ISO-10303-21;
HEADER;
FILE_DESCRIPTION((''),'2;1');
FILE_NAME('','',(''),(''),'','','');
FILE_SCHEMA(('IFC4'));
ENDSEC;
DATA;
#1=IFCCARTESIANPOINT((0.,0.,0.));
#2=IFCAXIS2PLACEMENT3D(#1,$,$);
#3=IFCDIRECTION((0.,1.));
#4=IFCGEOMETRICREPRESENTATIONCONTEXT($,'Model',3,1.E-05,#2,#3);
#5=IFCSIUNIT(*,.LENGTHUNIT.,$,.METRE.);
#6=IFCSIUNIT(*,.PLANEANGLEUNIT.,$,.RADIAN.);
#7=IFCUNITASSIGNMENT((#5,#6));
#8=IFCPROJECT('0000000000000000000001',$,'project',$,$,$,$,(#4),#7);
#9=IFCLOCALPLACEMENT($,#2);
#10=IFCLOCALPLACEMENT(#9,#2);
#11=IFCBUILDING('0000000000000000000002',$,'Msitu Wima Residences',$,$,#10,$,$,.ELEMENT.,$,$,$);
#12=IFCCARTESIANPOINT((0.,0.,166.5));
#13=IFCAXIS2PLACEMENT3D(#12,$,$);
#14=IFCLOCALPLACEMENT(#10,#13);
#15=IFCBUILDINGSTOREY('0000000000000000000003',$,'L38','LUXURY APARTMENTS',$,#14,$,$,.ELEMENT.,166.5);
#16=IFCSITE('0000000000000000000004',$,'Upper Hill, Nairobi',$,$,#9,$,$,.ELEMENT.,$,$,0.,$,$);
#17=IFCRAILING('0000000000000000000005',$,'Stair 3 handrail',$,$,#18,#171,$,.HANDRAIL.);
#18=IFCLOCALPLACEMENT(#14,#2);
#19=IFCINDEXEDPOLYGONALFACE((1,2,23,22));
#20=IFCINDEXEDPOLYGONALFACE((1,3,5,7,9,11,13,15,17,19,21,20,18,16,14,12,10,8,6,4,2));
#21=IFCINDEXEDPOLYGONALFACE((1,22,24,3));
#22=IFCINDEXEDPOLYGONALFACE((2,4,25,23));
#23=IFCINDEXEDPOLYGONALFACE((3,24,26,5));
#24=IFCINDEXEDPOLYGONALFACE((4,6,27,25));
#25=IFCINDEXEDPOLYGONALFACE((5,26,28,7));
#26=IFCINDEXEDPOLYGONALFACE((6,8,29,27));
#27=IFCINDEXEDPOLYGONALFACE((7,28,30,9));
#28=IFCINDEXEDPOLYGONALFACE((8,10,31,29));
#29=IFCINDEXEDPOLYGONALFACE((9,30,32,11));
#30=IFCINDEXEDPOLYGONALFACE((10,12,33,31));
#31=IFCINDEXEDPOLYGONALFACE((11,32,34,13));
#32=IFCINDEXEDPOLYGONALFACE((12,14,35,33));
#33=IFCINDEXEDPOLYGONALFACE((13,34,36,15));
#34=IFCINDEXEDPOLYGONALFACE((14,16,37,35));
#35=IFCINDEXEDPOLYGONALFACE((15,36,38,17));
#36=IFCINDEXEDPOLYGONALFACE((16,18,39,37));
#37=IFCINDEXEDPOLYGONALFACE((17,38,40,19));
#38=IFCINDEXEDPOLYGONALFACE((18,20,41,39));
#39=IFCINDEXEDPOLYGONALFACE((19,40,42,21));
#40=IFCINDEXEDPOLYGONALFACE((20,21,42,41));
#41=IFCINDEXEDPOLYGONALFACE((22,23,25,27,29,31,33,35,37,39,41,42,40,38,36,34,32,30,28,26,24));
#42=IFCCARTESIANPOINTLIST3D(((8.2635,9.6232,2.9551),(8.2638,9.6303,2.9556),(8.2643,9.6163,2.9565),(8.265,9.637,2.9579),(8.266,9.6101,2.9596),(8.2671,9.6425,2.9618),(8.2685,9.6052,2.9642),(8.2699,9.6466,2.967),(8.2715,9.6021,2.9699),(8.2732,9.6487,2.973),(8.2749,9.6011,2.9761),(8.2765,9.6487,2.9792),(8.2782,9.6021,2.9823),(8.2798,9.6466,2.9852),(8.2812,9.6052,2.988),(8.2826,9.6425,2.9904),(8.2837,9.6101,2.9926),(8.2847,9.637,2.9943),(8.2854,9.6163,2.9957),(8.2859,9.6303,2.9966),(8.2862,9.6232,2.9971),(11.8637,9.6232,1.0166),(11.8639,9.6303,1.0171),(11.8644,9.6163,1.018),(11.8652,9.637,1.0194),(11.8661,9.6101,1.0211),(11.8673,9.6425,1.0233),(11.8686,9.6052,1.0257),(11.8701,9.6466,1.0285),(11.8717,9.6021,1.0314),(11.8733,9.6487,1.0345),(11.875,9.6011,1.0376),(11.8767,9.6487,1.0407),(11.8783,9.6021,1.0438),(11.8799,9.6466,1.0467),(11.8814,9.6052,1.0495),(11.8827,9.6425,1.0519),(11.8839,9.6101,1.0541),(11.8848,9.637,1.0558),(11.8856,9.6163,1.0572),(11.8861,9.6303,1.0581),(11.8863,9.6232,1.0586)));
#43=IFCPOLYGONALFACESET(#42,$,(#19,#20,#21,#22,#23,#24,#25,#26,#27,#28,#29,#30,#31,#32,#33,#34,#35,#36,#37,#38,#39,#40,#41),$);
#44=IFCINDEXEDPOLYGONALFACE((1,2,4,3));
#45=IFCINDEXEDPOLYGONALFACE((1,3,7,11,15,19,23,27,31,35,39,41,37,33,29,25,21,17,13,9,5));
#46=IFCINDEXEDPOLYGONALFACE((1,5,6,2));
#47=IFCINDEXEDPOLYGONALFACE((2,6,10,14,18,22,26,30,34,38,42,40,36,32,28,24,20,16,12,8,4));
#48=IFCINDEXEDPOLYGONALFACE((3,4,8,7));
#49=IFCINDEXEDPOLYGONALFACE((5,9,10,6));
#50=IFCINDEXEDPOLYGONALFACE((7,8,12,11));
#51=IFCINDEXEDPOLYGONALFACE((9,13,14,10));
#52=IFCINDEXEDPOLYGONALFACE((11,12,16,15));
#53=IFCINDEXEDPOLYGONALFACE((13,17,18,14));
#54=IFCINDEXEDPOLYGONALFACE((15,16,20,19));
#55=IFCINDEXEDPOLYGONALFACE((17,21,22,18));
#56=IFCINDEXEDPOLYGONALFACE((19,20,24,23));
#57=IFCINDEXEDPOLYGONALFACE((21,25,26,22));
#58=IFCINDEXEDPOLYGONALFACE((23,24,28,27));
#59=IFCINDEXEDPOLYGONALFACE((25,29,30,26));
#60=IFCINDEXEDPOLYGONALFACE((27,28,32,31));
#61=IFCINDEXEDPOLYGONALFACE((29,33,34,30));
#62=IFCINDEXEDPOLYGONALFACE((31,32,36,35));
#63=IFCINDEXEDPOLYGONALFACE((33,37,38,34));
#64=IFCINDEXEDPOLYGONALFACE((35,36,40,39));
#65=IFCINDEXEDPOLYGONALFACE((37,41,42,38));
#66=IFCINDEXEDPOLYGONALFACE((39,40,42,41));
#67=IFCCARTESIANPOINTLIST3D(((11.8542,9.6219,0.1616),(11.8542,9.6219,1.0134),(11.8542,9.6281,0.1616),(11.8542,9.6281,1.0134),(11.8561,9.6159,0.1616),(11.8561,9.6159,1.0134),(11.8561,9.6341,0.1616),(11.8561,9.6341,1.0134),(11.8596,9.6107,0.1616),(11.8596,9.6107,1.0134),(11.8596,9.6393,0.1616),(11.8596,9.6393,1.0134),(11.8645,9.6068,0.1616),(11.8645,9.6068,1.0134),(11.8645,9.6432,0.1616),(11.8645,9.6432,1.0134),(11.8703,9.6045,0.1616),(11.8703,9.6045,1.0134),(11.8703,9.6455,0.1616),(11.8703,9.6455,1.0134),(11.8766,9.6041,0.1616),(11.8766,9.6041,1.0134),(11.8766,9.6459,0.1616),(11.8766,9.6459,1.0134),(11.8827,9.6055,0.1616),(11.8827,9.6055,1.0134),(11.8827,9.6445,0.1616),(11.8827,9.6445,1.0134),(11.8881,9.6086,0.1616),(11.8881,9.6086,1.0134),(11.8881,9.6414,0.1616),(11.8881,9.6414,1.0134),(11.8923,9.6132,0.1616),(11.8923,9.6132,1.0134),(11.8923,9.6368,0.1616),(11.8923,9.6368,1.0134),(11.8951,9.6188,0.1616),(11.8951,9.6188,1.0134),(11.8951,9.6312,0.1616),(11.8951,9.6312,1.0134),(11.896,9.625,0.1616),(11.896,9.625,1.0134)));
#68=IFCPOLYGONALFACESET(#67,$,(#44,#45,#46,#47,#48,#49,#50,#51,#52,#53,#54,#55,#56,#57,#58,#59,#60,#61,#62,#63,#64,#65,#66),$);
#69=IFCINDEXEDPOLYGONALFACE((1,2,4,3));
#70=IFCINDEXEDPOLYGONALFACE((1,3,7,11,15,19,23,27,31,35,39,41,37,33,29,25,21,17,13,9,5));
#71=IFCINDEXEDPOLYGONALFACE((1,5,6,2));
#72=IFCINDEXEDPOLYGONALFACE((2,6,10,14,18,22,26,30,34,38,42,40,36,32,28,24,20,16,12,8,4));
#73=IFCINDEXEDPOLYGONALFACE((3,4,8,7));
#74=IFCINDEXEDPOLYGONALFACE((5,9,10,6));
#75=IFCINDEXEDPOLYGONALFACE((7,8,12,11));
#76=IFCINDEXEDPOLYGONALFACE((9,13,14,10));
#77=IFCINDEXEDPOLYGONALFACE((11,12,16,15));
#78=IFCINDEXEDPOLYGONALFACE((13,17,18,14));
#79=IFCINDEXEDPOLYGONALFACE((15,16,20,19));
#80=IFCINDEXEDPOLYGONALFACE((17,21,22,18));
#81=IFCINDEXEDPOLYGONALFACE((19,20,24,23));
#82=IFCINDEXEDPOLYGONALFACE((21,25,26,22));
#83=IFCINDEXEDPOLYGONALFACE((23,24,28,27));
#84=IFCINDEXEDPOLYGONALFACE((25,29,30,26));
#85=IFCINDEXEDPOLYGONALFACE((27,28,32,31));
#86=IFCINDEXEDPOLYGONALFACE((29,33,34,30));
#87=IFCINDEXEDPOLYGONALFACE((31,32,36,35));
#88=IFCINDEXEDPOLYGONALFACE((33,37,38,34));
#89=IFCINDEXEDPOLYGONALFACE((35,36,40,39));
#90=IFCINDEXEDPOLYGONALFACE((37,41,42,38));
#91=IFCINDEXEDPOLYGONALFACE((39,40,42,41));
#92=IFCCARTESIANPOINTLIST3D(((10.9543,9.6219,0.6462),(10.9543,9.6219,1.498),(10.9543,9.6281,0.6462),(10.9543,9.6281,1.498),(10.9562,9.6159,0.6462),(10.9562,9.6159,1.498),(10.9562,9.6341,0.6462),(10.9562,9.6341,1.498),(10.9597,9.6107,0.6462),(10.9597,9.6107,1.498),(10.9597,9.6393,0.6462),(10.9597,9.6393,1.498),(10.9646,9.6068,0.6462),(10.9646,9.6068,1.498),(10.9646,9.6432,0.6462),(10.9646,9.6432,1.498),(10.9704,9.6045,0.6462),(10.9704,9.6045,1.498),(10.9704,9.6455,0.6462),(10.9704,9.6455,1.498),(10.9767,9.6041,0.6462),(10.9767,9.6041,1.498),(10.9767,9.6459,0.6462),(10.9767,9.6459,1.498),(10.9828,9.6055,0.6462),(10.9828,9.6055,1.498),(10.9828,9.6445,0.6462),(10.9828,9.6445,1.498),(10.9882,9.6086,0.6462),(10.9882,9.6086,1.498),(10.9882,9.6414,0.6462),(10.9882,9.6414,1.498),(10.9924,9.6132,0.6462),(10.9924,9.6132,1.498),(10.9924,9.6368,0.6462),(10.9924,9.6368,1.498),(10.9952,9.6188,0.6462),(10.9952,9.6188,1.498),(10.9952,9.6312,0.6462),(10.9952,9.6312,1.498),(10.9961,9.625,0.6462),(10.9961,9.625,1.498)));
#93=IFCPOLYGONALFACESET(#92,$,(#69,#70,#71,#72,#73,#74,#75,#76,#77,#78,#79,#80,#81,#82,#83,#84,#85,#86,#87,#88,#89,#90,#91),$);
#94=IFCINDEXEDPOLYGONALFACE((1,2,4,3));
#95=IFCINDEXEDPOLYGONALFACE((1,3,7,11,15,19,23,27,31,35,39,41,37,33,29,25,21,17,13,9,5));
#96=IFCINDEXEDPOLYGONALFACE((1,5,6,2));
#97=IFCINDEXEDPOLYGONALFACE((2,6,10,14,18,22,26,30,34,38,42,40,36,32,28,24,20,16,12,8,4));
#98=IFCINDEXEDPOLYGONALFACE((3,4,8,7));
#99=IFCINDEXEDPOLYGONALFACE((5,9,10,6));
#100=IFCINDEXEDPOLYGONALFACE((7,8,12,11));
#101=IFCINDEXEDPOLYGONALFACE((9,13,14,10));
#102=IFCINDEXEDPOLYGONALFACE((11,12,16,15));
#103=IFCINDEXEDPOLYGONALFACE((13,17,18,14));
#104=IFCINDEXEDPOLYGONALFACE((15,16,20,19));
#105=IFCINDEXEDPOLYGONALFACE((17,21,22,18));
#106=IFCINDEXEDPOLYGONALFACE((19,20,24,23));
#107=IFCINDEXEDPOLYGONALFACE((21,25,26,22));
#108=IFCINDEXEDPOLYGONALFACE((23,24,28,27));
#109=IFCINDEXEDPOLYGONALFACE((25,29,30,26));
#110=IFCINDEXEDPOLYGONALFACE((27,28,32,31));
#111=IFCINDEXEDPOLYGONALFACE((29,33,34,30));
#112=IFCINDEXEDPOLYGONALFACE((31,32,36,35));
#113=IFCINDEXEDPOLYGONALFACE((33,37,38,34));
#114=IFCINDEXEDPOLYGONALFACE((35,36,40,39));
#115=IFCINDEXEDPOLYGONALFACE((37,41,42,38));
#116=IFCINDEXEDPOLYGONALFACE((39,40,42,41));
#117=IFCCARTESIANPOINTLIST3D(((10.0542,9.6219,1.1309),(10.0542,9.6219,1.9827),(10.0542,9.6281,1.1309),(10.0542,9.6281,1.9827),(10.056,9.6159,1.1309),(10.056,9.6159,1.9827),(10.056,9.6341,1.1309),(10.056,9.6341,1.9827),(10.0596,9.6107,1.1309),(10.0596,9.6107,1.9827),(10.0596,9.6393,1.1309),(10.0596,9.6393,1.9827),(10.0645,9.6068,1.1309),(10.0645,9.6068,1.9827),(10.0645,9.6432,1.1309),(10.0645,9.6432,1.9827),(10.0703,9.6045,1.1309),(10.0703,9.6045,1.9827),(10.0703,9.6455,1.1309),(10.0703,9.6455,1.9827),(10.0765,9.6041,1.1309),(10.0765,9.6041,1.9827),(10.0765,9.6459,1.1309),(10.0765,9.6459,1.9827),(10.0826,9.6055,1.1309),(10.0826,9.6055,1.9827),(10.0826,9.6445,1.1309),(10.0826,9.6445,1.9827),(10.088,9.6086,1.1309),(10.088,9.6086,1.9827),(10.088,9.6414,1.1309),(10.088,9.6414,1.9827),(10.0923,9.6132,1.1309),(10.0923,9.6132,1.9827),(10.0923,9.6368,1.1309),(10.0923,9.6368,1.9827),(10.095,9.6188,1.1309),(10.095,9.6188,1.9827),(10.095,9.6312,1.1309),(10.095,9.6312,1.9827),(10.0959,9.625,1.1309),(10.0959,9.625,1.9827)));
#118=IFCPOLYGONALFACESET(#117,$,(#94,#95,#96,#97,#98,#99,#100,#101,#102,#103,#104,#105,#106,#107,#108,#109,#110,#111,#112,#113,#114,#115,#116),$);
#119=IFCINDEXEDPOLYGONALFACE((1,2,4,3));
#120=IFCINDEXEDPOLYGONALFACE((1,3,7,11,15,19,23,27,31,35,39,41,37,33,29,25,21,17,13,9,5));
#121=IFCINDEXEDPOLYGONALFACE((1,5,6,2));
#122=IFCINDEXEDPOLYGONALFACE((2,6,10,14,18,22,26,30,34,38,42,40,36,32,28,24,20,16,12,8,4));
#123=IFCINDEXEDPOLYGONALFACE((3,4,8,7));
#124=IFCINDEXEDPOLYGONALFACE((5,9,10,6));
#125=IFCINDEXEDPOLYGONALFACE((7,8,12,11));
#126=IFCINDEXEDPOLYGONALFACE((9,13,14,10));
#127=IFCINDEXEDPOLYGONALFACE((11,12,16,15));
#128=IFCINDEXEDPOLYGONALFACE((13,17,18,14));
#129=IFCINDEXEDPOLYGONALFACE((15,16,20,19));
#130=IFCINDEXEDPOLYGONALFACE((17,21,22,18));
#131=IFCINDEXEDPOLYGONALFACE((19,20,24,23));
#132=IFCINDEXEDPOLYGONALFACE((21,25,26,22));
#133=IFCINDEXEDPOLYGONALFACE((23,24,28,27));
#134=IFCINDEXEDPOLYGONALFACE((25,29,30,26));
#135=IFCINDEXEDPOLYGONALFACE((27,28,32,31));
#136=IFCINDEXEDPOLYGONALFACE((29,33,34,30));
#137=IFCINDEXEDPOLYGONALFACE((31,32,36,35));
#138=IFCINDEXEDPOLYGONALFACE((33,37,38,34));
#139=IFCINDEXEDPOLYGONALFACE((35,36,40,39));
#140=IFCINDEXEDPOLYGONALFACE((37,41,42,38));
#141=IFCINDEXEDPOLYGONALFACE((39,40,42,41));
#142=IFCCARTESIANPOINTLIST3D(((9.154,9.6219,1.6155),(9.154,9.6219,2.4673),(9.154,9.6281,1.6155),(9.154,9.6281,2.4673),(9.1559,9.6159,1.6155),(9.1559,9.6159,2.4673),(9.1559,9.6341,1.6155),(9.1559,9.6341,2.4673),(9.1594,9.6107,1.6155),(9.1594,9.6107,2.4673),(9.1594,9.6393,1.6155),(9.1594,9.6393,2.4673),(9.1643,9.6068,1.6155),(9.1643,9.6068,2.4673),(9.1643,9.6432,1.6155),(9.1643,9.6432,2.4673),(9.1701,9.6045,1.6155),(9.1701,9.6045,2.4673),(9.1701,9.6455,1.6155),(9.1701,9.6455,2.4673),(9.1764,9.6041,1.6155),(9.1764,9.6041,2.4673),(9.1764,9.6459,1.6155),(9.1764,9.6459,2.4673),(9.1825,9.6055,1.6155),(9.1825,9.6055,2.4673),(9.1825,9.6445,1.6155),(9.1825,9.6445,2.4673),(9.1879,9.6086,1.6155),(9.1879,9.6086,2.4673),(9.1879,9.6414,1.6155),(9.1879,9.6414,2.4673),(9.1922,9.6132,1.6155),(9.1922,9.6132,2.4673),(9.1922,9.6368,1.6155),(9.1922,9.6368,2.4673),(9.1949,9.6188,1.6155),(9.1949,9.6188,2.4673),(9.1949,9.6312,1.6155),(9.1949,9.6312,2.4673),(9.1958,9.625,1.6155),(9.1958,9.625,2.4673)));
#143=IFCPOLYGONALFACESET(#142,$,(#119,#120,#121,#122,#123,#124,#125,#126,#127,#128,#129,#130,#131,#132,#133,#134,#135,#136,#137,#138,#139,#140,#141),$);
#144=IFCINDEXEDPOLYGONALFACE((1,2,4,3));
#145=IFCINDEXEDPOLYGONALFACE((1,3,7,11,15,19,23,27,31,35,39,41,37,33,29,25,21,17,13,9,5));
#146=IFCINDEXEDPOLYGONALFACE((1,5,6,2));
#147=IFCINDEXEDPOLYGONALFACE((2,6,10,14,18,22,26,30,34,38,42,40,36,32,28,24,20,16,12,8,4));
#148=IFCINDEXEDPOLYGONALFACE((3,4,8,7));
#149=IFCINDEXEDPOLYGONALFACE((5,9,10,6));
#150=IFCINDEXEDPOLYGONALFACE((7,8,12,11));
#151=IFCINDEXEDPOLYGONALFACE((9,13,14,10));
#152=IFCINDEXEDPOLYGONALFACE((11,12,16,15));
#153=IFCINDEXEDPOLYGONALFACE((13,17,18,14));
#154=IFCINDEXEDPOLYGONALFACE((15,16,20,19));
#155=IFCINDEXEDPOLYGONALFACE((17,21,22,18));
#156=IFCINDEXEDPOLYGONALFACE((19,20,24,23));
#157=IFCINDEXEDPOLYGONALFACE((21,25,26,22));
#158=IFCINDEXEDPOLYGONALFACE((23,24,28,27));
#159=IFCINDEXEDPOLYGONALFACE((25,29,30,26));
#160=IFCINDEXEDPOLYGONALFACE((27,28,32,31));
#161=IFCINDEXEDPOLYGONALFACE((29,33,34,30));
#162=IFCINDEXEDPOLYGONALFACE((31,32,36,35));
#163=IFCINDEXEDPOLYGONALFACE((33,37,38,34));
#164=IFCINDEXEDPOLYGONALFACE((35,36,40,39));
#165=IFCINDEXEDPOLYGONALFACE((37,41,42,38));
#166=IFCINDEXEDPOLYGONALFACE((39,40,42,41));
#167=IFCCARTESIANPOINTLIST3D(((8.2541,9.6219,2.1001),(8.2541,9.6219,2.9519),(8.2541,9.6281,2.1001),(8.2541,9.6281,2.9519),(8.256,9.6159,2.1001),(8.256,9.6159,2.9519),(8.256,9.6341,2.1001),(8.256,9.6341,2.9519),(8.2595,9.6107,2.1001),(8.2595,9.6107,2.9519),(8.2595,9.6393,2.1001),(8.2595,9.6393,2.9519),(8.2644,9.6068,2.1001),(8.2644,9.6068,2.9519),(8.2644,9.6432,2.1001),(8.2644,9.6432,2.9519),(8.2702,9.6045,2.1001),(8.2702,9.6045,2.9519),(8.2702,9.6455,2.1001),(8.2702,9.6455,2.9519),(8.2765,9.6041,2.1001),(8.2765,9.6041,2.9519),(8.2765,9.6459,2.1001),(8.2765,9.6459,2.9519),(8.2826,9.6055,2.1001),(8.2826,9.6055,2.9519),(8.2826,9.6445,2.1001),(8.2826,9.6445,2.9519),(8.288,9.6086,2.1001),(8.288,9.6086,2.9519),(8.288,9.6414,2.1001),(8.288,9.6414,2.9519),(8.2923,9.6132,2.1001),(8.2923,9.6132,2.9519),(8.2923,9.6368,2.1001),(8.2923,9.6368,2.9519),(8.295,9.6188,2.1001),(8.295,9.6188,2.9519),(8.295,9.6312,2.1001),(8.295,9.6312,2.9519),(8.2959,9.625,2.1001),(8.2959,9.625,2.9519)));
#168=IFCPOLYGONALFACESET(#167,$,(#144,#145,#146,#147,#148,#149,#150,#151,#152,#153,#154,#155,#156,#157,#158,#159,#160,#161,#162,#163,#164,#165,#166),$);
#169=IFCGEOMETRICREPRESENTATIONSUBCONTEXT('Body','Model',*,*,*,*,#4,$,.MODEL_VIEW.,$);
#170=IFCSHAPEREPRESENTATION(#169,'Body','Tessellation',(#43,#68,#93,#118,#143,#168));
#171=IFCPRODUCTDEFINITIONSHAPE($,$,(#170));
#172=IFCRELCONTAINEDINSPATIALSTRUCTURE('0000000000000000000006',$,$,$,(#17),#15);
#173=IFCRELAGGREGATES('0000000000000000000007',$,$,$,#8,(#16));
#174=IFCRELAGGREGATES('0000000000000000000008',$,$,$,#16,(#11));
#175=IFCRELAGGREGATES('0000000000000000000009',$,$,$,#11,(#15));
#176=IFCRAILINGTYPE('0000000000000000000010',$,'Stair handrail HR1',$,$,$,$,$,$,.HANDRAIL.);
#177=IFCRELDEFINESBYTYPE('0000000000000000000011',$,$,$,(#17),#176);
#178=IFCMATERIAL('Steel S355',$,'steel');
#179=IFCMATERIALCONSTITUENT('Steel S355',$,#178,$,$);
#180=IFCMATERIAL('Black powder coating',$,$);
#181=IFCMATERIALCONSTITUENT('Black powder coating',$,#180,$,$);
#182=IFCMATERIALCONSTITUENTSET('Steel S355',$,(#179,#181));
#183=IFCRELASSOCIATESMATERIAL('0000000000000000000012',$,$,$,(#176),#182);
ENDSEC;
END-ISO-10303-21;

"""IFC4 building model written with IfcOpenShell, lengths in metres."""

from ifc_helpers import new_model, si_unit, direction, frame, origin, origin_2d, place, context, subcontext, project, spatial, circle, extrude, material, constituent, constituent_set, type_object, element, save


model = new_model("IFC4")

# Units and contexts
model_context = context("Model", 3, precision=1e-05, world=origin(), true_north=direction((0.0, 1.0)))
body_context = subcontext(model_context, "Body", "Model", "MODEL_VIEW")
ifc_project = project(units=[si_unit("LENGTHUNIT", "METRE"), si_unit("PLANEANGLEUNIT", "RADIAN")], contexts=[model_context])

# Site, building, storey
site_placement = place(None, origin())
site = spatial("IfcSite", under=ifc_project, at=site_placement, Name="Upper Hill, Nairobi", CompositionType="ELEMENT", RefElevation=0.0)
building_placement = place(site_placement, origin())
building = spatial("IfcBuilding", under=site, at=building_placement, Name="Msitu Wima Residences", CompositionType="ELEMENT")
storey_placement = place(building_placement, frame((0.0, 0.0, 166.5)))
storey = spatial("IfcBuildingStorey", under=building, at=storey_placement, Name="L38", Description="LUXURY APARTMENTS", CompositionType="ELEMENT", Elevation=166.5)

# Railing
ifc_material_1 = material(Name="Steel S355", Category="steel")
ifc_constituent_1 = constituent(ifc_material_1, Name="Steel S355")
ifc_material_2 = material(Name="Black powder coating")
ifc_constituent_2 = constituent(ifc_material_2, Name="Black powder coating")
ifc_constituent_set = constituent_set(constituents=[ifc_constituent_1, ifc_constituent_2], Name="Steel S355")
railing_type = type_object("IfcRailingType", Name="Stair handrail HR1", PredefinedType="HANDRAIL", material=ifc_constituent_set)
railing_placement = place(storey_placement, frame((11.875, 9.625, 0.1616)))
element("IfcRailing", 1, at=railing_placement, inside=storey, type_object=railing_type, Name="Stair 3 handrail", PredefinedType="HANDRAIL", context=body_context, shape_type="SweptSolid", body=[
    extrude(circle(Radius=0.0239, at=origin_2d()), frame((0.0, 0.0, 0.876), z_axis=(-0.880475, 0.0, 0.474093), x_axis=(0.0, -1.0, 0.0)), (0.0, 0.0, 1.0), 4.0889),
    extrude(circle(Radius=0.021, at=origin_2d()), origin(), (0.0, 0.0, 1.0), 0.8518),
    extrude(circle(Radius=0.021, at=origin_2d()), frame((-0.8999, 0.0, 0.4846)), (0.0, 0.0, 1.0), 0.8518),
    extrude(circle(Radius=0.021, at=origin_2d()), frame((-1.8, 0.0, 0.9692)), (0.0, 0.0, 1.0), 0.8518),
    extrude(circle(Radius=0.021, at=origin_2d()), frame((-2.7002, 0.0, 1.4539)), (0.0, 0.0, 1.0), 0.8518),
    extrude(circle(Radius=0.021, at=origin_2d()), frame((-3.6001, 0.0, 1.9385)), (0.0, 0.0, 1.0), 0.8518),
])

save(model, "model.ifc")
